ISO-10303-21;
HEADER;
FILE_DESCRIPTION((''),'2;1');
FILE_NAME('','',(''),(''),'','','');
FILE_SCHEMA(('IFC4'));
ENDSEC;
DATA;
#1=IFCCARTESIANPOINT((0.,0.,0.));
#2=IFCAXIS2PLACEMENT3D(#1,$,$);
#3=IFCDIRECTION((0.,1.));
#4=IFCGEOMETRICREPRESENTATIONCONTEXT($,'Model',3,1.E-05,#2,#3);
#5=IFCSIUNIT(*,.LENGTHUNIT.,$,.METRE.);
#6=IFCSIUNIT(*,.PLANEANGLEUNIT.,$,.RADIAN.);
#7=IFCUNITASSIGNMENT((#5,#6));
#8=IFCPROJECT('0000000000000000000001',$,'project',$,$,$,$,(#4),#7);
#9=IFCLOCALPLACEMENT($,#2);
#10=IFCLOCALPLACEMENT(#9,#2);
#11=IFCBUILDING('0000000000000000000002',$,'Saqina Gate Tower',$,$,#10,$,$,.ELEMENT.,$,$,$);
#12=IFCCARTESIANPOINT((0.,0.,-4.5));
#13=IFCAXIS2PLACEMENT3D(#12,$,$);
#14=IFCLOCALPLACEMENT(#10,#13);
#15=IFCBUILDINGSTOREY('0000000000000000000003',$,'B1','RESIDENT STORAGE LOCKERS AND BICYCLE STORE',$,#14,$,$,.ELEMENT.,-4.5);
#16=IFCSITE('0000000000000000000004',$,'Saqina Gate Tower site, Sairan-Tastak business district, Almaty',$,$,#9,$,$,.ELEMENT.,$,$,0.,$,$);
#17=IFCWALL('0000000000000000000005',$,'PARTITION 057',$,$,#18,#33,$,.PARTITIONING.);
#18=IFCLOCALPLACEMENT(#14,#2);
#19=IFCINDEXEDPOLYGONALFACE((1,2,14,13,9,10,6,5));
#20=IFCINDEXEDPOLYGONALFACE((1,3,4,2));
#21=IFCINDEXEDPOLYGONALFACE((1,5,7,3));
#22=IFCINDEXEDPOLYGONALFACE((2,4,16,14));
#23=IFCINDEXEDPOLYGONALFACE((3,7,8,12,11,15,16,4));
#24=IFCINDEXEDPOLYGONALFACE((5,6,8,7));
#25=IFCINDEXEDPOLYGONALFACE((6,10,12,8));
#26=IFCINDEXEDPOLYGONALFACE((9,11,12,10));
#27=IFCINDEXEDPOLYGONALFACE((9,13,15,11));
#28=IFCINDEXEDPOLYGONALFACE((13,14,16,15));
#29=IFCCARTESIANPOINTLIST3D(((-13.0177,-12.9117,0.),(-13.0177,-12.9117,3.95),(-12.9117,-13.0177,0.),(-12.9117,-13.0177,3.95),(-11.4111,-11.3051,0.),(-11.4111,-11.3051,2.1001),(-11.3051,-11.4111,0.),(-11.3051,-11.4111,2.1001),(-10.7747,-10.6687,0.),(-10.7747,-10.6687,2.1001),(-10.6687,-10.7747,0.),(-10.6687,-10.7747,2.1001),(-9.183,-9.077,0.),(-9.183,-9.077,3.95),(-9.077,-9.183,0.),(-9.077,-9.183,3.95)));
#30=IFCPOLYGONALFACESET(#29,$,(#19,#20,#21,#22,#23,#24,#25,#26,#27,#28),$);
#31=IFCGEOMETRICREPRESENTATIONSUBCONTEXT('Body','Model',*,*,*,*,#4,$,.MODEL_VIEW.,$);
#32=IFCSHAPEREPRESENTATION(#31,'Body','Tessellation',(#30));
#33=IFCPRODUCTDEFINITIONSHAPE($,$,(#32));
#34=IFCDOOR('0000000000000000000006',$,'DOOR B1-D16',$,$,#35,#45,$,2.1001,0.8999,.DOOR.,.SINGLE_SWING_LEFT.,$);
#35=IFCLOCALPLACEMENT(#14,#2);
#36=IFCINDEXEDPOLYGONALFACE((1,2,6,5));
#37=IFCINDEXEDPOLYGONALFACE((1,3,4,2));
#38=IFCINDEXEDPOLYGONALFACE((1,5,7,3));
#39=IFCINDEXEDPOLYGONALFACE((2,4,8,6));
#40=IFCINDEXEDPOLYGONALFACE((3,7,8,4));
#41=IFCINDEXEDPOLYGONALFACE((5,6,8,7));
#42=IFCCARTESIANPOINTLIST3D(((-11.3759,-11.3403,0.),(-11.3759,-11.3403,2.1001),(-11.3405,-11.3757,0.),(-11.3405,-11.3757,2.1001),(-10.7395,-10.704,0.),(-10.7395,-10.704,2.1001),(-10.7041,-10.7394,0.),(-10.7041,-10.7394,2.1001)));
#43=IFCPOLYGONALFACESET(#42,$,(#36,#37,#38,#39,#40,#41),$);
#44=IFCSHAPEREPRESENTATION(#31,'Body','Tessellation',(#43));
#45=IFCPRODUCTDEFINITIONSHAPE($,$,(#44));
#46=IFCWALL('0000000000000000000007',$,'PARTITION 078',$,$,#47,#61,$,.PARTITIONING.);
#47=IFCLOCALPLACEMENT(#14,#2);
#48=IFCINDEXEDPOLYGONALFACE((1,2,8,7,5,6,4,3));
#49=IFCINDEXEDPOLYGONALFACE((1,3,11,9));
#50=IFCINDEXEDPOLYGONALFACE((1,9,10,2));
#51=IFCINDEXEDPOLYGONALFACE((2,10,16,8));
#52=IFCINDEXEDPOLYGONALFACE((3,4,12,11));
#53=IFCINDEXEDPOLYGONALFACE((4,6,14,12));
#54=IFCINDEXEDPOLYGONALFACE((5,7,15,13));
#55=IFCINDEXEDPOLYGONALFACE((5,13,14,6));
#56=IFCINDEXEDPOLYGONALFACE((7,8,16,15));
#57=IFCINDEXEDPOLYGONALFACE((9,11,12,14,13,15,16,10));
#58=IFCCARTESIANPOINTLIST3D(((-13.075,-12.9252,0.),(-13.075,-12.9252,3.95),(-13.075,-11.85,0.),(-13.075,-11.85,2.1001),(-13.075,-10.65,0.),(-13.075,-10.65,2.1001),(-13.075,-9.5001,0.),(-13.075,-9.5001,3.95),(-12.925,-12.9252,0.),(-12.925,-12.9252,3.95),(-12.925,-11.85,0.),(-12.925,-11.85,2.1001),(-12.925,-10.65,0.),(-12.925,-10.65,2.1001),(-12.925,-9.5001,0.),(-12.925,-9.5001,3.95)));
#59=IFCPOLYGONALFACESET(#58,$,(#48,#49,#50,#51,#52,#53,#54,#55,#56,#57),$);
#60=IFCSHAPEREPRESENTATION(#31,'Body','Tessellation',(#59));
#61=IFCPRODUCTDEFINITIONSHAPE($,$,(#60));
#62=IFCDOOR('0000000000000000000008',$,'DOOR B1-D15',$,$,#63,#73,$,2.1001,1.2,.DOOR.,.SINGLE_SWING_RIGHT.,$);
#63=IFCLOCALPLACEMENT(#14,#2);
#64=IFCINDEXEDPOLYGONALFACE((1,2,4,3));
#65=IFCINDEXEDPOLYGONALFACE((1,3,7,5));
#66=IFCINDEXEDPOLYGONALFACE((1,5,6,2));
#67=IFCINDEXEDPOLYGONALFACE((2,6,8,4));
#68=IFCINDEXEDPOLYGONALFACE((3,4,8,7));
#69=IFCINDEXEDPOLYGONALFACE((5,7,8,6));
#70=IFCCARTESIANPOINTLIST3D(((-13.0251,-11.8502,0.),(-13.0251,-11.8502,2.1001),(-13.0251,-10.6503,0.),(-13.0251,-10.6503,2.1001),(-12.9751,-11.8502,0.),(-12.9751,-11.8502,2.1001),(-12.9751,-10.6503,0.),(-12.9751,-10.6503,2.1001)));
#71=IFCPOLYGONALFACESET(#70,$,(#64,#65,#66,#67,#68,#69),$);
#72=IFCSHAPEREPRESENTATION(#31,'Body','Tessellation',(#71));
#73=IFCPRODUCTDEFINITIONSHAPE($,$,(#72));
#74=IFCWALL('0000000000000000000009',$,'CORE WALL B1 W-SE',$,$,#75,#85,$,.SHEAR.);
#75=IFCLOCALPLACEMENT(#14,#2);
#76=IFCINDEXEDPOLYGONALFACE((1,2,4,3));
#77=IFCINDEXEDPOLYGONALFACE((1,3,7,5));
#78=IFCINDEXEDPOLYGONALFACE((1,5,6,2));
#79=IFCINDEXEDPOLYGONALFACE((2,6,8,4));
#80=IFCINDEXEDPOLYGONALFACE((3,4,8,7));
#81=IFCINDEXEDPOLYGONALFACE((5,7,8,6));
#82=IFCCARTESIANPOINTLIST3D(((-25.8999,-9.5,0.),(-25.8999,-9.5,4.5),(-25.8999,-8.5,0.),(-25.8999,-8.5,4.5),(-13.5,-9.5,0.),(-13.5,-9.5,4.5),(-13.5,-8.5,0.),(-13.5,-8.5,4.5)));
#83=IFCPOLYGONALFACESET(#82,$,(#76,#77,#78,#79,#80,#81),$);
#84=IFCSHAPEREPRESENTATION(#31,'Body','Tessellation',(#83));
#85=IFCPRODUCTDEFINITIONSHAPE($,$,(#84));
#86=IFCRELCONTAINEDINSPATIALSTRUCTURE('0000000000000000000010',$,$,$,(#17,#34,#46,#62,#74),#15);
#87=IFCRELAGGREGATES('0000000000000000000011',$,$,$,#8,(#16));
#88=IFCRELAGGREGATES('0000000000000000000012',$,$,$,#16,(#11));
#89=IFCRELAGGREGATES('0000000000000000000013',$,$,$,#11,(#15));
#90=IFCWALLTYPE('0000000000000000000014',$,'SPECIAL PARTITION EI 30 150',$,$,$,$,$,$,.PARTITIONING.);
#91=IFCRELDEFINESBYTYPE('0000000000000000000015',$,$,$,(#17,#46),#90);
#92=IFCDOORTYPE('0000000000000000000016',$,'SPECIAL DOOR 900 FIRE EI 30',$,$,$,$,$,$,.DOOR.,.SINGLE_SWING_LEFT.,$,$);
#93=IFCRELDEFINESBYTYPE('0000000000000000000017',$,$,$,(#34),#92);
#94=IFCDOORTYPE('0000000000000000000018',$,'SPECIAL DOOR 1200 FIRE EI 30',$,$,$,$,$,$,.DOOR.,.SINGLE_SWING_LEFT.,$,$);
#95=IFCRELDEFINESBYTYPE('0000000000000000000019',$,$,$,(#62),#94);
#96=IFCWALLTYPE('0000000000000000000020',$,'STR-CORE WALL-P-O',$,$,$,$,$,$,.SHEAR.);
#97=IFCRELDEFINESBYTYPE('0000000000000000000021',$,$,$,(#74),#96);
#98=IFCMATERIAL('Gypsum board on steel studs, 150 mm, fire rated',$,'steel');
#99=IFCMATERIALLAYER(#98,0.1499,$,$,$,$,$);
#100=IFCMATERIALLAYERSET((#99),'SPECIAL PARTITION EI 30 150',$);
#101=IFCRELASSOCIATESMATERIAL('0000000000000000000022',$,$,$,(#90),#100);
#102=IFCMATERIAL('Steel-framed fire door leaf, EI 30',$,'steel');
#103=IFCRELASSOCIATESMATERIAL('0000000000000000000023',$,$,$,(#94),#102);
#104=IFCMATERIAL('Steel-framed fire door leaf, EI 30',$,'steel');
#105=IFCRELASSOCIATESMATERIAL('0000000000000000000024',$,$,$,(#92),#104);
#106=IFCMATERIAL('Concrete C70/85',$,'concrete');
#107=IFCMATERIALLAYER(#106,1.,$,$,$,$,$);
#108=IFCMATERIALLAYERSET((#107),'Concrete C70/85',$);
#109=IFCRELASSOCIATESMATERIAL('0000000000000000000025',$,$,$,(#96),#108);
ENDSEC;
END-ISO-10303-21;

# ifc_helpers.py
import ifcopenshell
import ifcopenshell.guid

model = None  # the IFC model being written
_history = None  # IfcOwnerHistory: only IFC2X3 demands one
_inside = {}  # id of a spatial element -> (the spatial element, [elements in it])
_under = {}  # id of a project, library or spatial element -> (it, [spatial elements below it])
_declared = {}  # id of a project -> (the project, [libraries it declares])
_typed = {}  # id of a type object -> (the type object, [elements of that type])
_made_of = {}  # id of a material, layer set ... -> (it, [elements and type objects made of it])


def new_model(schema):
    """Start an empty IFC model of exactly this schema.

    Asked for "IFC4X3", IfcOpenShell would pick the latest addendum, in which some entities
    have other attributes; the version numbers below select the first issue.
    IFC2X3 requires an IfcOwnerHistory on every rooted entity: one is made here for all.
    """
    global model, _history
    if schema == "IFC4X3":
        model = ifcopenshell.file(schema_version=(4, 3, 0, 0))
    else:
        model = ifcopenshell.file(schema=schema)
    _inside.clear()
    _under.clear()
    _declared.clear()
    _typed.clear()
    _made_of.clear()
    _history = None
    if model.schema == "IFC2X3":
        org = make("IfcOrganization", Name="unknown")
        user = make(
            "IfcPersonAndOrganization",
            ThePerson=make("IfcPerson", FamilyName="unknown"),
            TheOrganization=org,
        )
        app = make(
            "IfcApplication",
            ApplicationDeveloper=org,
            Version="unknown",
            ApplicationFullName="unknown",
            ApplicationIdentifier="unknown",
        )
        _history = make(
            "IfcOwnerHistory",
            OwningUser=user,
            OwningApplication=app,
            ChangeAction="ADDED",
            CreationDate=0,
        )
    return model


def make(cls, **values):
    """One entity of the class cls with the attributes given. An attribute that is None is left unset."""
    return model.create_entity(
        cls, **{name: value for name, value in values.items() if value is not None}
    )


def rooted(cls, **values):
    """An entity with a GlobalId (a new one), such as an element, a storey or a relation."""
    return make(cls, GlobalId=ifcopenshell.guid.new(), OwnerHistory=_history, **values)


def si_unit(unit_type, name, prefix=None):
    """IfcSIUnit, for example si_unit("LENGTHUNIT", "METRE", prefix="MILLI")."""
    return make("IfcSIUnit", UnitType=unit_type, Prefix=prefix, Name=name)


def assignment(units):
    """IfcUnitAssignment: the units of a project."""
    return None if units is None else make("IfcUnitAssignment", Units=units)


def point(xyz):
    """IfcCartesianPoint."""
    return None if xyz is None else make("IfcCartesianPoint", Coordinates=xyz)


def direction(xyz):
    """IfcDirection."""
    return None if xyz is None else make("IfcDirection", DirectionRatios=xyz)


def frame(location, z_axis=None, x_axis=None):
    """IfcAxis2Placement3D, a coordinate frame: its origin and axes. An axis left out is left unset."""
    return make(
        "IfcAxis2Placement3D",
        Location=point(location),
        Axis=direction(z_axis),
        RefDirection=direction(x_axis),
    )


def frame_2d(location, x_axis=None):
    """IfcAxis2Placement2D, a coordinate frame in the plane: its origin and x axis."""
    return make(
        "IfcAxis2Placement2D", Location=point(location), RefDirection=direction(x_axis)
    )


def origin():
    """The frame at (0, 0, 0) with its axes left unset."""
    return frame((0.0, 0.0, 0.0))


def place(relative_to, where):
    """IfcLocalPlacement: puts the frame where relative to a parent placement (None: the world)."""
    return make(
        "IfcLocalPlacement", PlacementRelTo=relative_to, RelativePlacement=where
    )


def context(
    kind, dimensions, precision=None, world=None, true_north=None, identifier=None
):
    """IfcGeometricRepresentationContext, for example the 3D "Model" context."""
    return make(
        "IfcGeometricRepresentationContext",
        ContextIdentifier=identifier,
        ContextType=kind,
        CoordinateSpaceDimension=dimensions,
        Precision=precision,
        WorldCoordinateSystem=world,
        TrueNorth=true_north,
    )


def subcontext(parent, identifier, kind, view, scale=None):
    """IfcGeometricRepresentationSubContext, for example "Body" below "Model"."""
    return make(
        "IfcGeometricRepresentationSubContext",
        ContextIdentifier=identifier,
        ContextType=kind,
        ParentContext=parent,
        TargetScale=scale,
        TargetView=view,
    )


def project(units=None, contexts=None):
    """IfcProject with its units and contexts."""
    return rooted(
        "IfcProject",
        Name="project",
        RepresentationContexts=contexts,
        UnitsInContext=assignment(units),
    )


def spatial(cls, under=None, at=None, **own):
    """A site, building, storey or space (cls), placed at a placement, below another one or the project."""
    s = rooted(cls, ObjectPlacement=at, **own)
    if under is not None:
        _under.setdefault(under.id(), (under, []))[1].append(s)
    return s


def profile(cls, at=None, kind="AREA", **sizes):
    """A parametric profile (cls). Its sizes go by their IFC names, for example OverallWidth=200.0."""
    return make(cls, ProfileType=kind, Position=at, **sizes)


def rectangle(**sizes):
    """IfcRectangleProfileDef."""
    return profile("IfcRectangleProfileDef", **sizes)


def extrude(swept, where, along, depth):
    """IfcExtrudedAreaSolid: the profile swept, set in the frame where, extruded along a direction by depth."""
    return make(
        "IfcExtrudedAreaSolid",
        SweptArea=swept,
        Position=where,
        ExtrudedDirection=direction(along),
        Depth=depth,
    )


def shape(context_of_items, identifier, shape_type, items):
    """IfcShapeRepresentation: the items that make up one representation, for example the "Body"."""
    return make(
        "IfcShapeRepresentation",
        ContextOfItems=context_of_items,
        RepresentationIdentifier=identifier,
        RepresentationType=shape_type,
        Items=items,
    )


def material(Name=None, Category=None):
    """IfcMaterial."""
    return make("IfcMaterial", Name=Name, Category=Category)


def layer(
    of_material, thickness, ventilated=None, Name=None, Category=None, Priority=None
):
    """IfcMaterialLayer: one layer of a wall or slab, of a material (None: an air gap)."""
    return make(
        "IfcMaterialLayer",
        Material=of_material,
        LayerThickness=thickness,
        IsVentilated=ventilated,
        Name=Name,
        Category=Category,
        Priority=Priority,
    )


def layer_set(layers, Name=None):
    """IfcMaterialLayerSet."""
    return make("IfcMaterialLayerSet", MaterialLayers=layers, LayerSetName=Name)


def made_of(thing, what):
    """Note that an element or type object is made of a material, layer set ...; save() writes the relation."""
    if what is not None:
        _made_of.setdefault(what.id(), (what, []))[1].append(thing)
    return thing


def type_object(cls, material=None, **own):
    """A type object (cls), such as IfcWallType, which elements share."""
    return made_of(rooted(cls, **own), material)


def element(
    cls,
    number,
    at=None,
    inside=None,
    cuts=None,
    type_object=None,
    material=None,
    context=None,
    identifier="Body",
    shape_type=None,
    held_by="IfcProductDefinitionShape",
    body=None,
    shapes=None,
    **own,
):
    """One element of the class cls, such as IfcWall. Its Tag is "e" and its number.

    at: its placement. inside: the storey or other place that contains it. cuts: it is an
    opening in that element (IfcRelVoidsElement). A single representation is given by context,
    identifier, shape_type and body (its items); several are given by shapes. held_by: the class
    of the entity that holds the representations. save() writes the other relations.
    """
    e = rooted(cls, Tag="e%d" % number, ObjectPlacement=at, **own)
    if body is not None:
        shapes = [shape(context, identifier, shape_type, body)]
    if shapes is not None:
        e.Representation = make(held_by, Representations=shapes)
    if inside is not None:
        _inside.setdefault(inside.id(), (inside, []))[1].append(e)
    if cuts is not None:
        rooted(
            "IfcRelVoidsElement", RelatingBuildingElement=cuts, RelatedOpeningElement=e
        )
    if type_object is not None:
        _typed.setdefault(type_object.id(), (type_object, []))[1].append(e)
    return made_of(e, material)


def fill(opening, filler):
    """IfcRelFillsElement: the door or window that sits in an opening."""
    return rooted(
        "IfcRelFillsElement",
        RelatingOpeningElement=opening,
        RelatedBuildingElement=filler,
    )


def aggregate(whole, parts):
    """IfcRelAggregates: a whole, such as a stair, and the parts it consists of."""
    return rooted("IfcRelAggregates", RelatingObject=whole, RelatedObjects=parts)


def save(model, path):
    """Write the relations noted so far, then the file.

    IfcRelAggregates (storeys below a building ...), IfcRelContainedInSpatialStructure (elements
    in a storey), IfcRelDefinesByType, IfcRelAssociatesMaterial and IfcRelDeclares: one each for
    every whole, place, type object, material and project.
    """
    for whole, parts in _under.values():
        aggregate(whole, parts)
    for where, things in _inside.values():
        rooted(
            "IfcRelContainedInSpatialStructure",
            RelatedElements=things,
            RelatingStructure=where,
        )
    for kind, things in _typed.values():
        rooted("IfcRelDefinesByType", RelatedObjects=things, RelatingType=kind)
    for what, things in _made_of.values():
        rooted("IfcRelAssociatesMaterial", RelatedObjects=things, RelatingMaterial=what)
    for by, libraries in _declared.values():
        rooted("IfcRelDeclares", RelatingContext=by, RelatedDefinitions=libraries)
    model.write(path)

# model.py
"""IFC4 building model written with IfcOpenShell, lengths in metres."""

from ifc_helpers import new_model, si_unit, direction, frame, frame_2d, origin, place, context, subcontext, project, spatial, rectangle, extrude, material, layer, layer_set, type_object, element, fill, save


model = new_model("IFC4")

# Units and contexts
model_context = context("Model", 3, precision=1e-05, world=origin(), true_north=direction((0.0, 1.0)))
body_context = subcontext(model_context, "Body", "Model", "MODEL_VIEW")
ifc_project = project(units=[si_unit("LENGTHUNIT", "METRE"), si_unit("PLANEANGLEUNIT", "RADIAN")], contexts=[model_context])

# Site, building, storey
site_placement = place(None, origin())
site = spatial("IfcSite", under=ifc_project, at=site_placement, Name="Saqina Gate Tower site, Sairan-Tastak business district, Almaty", CompositionType="ELEMENT", RefElevation=0.0)
building_placement = place(site_placement, origin())
building = spatial("IfcBuilding", under=site, at=building_placement, Name="Saqina Gate Tower", CompositionType="ELEMENT")
storey_placement = place(building_placement, frame((0.0, 0.0, -4.5)))
storey = spatial("IfcBuildingStorey", under=building, at=storey_placement, Name="B1", Description="RESIDENT STORAGE LOCKERS AND BICYCLE STORE", CompositionType="ELEMENT", Elevation=-4.5)

# Shared definitions
ifc_material_1 = material(Name="Gypsum board on steel studs, 150 mm, fire rated", Category="steel")
ifc_layer_1 = layer(ifc_material_1, 0.1499)
ifc_layer_set_1 = layer_set([ifc_layer_1], Name="SPECIAL PARTITION EI 30 150")
wall_type_1 = type_object("IfcWallType", Name="SPECIAL PARTITION EI 30 150", PredefinedType="PARTITIONING", material=ifc_layer_set_1)
ifc_material_2 = material(Name="Steel-framed fire door leaf, EI 30", Category="steel")
door_type_1 = type_object("IfcDoorType", Name="SPECIAL DOOR 1200 FIRE EI 30", OperationType="SINGLE_SWING_LEFT", PredefinedType="DOOR", material=ifc_material_2)
ifc_material_3 = material(Name="Steel-framed fire door leaf, EI 30", Category="steel")
door_type_2 = type_object("IfcDoorType", Name="SPECIAL DOOR 900 FIRE EI 30", OperationType="SINGLE_SWING_LEFT", PredefinedType="DOOR", material=ifc_material_3)

# Walls, openings, doors
wall_1_placement = place(storey_placement, frame((-12.9646, -12.9646, 0.0), z_axis=(0.0, 0.0, 1.0), x_axis=(0.707107, 0.707107, 0.0)))
wall_1 = element("IfcWall", 1, at=wall_1_placement, inside=storey, type_object=wall_type_1, Name="PARTITION 057", PredefinedType="PARTITIONING", context=body_context, shape_type="SweptSolid", body=[
    extrude(rectangle(XDim=5.4231, YDim=0.1499, at=frame_2d((2.7114, 0.0))), origin(), (0.0, 0.0, 1.0), 3.95),
])
opening_1_placement = place(wall_1_placement, frame((2.272, 0.0, 0.0)))
opening_1 = element("IfcOpeningElement", 2, at=opening_1_placement, cuts=wall_1, PredefinedType="OPENING", context=body_context, shape_type="SweptSolid", body=[
    extrude(rectangle(XDim=0.8999, YDim=2.1001, at=frame_2d((0.45, 1.05))), frame((0.0, 0.0869, 0.0), z_axis=(0.0, -1.0, 0.0), x_axis=(1.0, 0.0, 0.0)), (0.0, 0.0, 1.0), 0.1738),
])
door_1_placement = place(opening_1_placement, frame((0.8999, 0.0, 0.0), z_axis=(0.0, 0.0, 1.0), x_axis=(-1.0, 0.0, 0.0)))
door_1 = element("IfcDoor", 3, at=door_1_placement, inside=storey, type_object=door_type_2, Name="DOOR B1-D16", OperationType="SINGLE_SWING_LEFT", OverallHeight=2.1001, OverallWidth=0.8999, PredefinedType="DOOR", context=body_context, shape_type="SweptSolid", body=[
    extrude(rectangle(XDim=0.8999, YDim=2.1001, at=frame_2d((0.45, 1.05))), frame((0.0, 0.0249, 0.0), z_axis=(0.0, -1.0, 0.0), x_axis=(1.0, 0.0, 0.0)), (0.0, 0.0, 1.0), 0.05),
])
fill(opening_1, door_1)
wall_2_placement = place(storey_placement, frame((-13.0, -12.925, 0.0), z_axis=(0.0, 0.0, 1.0), x_axis=(0.0, 1.0, 0.0)))
wall_2 = element("IfcWall", 4, at=wall_2_placement, inside=storey, type_object=wall_type_1, Name="PARTITION 078", PredefinedType="PARTITIONING", context=body_context, shape_type="SweptSolid", body=[
    extrude(rectangle(XDim=3.425, YDim=0.1499, at=frame_2d((1.7124, 0.0))), origin(), (0.0, 0.0, 1.0), 3.95),
])
opening_2_placement = place(wall_2_placement, frame((1.075, 0.0, 0.0)))
opening_2 = element("IfcOpeningElement", 5, at=opening_2_placement, cuts=wall_2, PredefinedType="OPENING", context=body_context, shape_type="SweptSolid", body=[
    extrude(rectangle(XDim=1.2, YDim=2.1001, at=frame_2d((0.6001, 1.05))), frame((0.0, 0.0869, 0.0), z_axis=(0.0, -1.0, 0.0), x_axis=(1.0, 0.0, 0.0)), (0.0, 0.0, 1.0), 0.1738),
])
door_2_placement = place(opening_2_placement, frame((1.2, 0.0, 0.0), z_axis=(0.0, 0.0, 1.0), x_axis=(-1.0, 0.0, 0.0)))
door_2 = element("IfcDoor", 6, at=door_2_placement, inside=storey, type_object=door_type_1, Name="DOOR B1-D15", OperationType="SINGLE_SWING_RIGHT", OverallHeight=2.1001, OverallWidth=1.2, PredefinedType="DOOR", context=body_context, shape_type="SweptSolid", body=[
    extrude(rectangle(XDim=1.2, YDim=2.1001, at=frame_2d((0.6001, 1.05))), frame((0.0, 0.0249, 0.0), z_axis=(0.0, -1.0, 0.0), x_axis=(1.0, 0.0, 0.0)), (0.0, 0.0, 1.0), 0.05),
])
fill(opening_2, door_2)

# Shared definitions
ifc_material_4 = material(Name="Concrete C70/85", Category="concrete")
ifc_layer_2 = layer(ifc_material_4, 1.0)
ifc_layer_set_2 = layer_set([ifc_layer_2], Name="Concrete C70/85")
wall_type_2 = type_object("IfcWallType", Name="STR-CORE WALL-P-O", PredefinedType="SHEAR", material=ifc_layer_set_2)

# Wall
wall_3_placement = place(storey_placement, frame((-13.5, -9.0, 0.0), z_axis=(0.0, 0.0, 1.0), x_axis=(-1.0, 0.0, 0.0)))
element("IfcWall", 7, at=wall_3_placement, inside=storey, type_object=wall_type_2, Name="CORE WALL B1 W-SE", PredefinedType="SHEAR", context=body_context, shape_type="SweptSolid", body=[
    extrude(rectangle(XDim=12.3999, YDim=1.0, at=frame_2d((6.2, 0.0))), origin(), (0.0, 0.0, 1.0), 4.5),
])

save(model, "model.ifc")
